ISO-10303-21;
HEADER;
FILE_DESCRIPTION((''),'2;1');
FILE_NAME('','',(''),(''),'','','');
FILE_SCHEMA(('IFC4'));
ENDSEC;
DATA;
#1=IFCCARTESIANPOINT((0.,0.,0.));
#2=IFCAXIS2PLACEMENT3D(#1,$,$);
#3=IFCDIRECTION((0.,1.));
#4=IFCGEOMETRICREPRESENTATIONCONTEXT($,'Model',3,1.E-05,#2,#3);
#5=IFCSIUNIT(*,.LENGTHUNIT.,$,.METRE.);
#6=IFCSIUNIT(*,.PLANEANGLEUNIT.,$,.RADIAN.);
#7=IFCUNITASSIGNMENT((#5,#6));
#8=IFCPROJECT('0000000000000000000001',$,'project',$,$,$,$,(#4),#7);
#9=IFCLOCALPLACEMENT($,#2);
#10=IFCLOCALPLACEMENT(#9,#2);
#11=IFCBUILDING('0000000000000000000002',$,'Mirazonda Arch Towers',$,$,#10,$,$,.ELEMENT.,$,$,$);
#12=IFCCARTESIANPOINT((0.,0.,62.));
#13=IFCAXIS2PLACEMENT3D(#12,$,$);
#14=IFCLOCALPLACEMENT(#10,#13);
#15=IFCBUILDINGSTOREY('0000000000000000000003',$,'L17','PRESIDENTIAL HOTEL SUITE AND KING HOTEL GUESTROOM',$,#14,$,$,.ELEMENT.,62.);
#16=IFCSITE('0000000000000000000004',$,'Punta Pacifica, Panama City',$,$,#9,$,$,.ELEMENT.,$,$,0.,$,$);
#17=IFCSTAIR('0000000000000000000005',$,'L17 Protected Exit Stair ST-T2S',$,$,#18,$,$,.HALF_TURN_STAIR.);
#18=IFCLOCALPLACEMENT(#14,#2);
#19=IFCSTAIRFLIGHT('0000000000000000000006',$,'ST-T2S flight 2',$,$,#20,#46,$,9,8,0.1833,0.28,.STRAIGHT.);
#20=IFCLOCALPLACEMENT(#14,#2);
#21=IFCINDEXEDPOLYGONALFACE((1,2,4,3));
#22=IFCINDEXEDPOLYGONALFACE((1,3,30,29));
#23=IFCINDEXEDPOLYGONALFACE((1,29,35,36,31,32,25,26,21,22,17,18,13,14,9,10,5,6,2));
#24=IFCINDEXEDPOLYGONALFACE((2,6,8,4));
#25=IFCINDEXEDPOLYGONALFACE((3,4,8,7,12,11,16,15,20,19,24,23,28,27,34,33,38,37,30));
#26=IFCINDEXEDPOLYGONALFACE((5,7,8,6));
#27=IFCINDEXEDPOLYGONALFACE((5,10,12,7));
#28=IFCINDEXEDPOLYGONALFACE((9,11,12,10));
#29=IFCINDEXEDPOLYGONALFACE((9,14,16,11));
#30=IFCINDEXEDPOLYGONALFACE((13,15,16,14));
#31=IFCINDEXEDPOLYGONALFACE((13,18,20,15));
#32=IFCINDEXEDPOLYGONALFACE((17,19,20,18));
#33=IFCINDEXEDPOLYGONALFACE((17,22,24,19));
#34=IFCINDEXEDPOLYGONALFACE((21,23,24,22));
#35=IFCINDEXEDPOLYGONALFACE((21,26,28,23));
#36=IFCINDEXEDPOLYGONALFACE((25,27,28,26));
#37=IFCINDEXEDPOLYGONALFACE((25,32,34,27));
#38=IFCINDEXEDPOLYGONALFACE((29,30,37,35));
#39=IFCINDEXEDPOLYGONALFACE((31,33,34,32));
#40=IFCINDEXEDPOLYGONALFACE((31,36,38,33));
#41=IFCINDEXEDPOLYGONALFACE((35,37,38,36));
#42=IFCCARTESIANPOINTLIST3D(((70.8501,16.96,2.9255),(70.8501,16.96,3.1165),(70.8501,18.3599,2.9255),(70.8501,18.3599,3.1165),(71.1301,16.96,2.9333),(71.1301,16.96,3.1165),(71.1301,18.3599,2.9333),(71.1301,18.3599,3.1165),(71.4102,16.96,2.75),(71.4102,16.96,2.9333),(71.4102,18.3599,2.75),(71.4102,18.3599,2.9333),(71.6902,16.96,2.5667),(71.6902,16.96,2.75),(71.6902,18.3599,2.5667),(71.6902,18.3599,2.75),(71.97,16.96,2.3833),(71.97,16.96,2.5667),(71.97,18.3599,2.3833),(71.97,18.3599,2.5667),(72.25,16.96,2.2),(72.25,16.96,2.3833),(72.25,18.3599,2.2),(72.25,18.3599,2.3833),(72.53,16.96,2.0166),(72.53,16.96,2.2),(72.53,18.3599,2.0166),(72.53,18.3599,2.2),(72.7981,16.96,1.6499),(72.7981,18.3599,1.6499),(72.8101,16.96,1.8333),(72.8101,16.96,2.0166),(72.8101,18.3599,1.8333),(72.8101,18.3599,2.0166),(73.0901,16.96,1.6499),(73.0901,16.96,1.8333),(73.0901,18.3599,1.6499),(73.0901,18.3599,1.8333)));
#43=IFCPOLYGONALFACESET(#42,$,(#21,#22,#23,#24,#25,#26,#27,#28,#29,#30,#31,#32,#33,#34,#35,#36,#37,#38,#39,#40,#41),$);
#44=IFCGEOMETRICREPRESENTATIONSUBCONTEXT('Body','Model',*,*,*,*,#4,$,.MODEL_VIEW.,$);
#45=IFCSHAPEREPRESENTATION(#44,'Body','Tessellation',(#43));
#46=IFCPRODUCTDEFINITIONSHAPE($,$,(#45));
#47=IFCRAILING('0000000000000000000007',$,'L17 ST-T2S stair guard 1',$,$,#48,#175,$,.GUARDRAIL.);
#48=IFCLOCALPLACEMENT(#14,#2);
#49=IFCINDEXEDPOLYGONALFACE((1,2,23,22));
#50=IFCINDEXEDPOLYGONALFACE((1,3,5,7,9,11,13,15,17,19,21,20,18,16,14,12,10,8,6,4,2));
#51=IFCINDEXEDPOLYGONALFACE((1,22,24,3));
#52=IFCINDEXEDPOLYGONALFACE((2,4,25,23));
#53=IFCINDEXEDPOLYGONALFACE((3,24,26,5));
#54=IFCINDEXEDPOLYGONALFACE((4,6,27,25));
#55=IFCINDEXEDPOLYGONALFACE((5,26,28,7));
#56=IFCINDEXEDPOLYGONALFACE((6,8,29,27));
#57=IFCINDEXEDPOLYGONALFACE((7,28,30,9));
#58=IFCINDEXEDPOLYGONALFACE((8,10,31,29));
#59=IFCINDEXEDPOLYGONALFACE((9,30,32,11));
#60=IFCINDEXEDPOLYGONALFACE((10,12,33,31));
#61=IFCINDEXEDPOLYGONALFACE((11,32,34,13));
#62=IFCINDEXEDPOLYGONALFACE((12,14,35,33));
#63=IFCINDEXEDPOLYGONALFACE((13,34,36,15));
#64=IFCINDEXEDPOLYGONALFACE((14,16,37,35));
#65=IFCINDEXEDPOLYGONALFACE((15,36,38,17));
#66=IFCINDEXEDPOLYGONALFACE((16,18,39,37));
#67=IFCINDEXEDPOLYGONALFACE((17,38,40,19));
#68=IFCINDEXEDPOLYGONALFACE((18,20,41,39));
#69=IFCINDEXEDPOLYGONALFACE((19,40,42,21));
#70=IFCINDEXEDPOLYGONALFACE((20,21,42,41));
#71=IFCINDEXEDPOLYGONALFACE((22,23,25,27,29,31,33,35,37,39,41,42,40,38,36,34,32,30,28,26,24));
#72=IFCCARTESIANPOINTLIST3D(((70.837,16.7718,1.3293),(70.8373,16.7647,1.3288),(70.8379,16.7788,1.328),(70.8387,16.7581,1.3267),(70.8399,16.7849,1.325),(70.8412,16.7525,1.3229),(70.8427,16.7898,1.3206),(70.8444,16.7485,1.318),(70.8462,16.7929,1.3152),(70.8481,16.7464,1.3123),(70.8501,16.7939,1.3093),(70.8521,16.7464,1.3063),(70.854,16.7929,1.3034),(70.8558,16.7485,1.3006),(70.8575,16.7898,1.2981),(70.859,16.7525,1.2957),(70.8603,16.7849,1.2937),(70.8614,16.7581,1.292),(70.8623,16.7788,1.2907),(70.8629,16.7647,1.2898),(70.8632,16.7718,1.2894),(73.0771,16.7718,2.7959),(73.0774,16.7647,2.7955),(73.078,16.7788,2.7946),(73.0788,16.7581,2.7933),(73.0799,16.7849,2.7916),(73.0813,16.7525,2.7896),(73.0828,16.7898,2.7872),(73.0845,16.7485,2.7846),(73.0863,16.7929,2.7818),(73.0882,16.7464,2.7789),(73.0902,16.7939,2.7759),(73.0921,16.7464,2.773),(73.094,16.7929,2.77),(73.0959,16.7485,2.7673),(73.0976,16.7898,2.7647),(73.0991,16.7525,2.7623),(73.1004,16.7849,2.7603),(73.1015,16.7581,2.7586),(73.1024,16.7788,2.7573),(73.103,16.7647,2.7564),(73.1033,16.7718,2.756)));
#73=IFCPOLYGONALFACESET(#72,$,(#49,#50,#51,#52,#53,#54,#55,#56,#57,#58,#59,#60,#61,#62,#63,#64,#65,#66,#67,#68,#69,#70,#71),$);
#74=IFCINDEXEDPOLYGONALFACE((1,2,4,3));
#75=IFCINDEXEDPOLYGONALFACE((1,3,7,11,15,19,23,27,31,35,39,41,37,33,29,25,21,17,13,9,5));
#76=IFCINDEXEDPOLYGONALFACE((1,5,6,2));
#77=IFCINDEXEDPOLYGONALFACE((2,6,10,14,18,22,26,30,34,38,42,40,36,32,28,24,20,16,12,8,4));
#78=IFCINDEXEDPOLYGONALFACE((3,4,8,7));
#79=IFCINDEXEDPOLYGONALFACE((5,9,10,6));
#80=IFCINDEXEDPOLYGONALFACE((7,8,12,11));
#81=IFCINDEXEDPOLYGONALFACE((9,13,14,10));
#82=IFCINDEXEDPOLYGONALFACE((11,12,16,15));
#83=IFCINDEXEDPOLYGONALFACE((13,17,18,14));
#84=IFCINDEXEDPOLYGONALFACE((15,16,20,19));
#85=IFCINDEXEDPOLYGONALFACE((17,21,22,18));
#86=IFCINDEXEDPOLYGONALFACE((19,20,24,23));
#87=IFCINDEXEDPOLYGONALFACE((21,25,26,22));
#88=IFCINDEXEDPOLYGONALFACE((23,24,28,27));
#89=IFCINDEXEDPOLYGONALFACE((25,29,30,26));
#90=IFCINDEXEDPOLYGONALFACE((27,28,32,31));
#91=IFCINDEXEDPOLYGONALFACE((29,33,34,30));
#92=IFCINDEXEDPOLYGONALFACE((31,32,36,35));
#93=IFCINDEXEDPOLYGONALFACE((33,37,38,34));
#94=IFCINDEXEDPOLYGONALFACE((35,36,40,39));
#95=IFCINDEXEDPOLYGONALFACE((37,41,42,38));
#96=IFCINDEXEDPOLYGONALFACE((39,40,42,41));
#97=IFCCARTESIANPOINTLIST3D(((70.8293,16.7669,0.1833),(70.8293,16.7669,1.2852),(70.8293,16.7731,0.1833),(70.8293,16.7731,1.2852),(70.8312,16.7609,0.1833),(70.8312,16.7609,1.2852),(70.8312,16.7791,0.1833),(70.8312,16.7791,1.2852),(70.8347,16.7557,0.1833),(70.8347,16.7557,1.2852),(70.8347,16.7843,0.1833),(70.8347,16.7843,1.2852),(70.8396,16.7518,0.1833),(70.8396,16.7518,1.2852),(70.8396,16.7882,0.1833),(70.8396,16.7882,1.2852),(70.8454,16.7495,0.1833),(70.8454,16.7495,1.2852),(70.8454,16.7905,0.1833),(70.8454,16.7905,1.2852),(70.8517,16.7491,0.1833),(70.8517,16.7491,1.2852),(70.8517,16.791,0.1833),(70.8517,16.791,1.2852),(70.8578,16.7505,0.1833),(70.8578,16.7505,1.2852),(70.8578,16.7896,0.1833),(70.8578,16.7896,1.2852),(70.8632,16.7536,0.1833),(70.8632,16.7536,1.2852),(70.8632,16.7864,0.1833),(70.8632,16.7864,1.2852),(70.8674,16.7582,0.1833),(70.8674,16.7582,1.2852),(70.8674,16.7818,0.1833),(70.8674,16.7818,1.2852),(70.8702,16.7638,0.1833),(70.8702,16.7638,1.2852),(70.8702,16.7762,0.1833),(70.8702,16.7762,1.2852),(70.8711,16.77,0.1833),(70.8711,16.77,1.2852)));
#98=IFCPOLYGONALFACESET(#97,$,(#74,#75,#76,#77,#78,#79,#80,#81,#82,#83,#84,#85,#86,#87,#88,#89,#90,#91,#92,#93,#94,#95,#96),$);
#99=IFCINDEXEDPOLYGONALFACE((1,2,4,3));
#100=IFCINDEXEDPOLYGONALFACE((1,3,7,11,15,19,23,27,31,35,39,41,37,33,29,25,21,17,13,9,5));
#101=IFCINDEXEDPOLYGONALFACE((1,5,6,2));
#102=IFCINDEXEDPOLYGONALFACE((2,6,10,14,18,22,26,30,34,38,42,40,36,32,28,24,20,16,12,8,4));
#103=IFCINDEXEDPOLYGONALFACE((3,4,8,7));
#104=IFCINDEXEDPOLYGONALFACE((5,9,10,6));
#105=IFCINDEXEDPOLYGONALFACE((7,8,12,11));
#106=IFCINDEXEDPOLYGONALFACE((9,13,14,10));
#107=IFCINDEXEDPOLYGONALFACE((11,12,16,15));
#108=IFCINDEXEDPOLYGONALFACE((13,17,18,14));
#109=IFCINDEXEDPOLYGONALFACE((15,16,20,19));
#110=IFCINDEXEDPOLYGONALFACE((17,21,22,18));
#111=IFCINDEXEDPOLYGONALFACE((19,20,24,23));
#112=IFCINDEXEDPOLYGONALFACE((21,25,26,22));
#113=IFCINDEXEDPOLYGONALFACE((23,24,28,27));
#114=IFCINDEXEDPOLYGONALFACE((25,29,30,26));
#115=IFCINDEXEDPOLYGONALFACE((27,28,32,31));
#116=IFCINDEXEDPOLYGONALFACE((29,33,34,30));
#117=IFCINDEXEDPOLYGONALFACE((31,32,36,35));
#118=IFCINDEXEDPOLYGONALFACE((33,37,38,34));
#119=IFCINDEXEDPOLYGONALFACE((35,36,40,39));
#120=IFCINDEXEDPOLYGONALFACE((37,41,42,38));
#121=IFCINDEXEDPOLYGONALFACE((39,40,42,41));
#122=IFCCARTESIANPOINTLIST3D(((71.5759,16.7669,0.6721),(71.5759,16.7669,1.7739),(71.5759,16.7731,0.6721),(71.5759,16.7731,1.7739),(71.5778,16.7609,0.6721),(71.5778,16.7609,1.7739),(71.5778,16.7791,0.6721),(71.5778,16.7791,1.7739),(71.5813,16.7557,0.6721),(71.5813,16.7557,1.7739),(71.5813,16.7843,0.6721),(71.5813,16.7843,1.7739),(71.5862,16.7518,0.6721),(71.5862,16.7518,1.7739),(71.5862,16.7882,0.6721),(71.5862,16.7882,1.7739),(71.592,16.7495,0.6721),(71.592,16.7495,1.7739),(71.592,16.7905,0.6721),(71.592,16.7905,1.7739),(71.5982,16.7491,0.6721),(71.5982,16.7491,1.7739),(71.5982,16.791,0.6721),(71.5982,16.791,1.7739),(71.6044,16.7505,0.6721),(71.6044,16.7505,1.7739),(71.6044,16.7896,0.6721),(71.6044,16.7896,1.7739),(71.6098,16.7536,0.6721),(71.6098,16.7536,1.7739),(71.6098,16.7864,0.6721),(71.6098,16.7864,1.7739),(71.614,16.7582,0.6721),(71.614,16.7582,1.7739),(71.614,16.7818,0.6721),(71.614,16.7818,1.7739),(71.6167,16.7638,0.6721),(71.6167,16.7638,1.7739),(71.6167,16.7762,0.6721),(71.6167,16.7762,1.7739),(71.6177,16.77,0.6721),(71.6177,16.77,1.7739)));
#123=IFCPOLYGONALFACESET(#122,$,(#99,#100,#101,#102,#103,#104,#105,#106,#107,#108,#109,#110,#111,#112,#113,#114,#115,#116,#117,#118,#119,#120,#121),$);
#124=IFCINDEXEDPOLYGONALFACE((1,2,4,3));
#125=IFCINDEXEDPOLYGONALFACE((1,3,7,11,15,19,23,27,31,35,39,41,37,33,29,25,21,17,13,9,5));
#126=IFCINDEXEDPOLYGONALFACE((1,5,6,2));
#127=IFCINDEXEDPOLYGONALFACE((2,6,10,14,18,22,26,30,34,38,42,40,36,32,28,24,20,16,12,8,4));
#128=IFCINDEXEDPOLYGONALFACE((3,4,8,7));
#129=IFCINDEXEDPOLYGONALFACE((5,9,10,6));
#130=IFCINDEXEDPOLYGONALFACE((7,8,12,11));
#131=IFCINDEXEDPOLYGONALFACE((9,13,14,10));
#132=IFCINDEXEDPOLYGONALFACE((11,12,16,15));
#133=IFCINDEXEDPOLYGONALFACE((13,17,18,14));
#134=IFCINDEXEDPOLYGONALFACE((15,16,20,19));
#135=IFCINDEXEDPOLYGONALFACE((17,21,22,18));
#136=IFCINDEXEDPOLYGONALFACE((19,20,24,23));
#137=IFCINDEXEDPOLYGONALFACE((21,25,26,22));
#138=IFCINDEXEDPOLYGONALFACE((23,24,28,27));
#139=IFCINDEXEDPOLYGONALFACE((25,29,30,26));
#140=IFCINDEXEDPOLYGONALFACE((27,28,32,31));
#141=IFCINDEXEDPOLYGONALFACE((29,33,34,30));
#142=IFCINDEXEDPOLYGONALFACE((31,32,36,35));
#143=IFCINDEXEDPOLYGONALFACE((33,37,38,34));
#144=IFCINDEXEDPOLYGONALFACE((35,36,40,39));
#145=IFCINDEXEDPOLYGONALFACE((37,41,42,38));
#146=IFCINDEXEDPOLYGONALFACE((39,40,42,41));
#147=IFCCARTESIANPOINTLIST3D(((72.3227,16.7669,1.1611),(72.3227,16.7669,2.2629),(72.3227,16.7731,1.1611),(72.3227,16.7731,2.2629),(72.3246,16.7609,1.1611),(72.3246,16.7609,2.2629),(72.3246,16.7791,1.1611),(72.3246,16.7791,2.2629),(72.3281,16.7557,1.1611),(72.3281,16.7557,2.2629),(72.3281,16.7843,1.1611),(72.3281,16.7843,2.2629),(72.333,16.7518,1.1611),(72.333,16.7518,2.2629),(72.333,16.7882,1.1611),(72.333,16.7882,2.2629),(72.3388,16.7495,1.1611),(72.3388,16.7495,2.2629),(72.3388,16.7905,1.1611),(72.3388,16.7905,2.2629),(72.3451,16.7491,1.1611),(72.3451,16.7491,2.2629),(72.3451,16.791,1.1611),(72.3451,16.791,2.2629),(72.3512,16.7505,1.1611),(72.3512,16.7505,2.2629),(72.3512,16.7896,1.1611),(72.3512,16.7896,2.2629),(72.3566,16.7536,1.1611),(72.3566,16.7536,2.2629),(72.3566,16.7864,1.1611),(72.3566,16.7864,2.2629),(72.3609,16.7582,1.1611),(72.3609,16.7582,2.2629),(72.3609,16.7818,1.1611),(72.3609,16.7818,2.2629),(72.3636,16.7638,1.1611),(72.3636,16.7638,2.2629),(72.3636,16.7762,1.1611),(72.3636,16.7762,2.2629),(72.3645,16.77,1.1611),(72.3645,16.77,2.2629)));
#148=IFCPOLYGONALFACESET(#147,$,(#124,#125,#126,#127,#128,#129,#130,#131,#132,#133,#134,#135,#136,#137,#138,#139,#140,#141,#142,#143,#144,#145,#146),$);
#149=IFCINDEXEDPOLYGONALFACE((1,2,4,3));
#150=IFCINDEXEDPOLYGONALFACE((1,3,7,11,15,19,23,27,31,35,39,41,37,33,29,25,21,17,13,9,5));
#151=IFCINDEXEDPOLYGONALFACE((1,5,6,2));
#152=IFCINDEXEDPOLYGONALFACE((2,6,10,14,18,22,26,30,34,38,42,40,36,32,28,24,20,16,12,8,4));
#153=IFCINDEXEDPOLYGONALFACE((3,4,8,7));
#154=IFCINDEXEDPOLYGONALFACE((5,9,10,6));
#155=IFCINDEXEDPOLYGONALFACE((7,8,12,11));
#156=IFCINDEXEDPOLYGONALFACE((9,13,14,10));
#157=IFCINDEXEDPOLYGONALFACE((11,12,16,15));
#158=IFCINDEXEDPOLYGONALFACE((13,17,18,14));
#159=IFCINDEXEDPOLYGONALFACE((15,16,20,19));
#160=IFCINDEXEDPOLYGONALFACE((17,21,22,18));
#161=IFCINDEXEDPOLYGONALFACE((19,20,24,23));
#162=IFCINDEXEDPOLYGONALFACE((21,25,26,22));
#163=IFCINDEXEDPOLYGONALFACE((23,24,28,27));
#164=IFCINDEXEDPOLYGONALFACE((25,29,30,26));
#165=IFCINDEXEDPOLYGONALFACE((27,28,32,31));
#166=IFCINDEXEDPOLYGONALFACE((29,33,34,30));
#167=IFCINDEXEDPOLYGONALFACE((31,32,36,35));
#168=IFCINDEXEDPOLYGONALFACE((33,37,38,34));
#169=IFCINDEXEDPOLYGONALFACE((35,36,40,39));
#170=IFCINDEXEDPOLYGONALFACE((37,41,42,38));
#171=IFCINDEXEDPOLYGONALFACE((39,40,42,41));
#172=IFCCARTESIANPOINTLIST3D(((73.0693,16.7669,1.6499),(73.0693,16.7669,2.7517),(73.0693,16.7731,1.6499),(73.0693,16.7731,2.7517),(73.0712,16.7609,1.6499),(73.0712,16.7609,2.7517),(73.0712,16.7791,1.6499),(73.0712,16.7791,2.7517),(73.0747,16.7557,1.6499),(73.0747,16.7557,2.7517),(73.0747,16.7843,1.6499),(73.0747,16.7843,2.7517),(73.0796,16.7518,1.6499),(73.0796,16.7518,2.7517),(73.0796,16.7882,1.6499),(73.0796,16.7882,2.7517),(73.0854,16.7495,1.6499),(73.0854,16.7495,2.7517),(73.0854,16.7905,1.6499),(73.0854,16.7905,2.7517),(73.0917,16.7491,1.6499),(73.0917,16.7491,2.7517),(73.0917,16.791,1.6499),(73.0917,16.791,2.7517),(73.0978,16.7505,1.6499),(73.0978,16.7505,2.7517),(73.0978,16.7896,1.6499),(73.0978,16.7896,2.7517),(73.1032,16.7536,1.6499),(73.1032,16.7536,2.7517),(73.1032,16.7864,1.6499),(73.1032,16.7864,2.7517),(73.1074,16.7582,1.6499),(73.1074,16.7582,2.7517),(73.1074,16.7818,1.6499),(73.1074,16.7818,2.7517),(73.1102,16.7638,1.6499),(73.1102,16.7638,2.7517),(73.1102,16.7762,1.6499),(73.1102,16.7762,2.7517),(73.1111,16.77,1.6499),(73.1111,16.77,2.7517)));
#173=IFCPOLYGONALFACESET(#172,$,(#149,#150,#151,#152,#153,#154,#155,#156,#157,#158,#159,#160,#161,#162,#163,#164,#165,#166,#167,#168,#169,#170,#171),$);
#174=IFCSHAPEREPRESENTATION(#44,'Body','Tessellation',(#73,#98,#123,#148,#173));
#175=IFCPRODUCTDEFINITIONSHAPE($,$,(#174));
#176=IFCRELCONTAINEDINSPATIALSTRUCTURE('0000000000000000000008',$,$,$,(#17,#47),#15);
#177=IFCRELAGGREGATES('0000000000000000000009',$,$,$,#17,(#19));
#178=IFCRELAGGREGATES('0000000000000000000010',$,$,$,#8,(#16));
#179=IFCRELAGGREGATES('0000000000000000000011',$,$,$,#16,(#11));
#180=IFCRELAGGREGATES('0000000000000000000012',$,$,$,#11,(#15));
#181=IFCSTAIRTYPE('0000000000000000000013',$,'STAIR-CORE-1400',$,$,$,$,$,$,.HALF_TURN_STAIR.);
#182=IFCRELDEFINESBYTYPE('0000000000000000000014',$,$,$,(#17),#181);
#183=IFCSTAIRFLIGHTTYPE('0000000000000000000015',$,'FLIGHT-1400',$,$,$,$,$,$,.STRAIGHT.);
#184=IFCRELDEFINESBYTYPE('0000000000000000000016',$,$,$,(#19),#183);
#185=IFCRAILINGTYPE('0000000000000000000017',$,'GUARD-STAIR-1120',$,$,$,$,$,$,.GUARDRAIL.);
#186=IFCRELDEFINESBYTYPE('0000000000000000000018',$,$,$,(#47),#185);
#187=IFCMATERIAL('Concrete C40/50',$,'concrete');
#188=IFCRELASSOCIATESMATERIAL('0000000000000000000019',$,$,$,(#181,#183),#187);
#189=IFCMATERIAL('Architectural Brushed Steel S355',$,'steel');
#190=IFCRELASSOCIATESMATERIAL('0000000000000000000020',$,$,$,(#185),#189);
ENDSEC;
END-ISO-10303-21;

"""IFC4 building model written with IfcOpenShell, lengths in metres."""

from ifc_helpers import new_model, si_unit, direction, frame, origin, origin_2d, place, context, subcontext, project, spatial, polyline, circle, outline, extrude, material, type_object, element, aggregate, save


model = new_model("IFC4")

# Units and contexts
model_context = context("Model", 3, precision=1e-05, world=origin(), true_north=direction((0.0, 1.0)))
body_context = subcontext(model_context, "Body", "Model", "MODEL_VIEW")
ifc_project = project(units=[si_unit("LENGTHUNIT", "METRE"), si_unit("PLANEANGLEUNIT", "RADIAN")], contexts=[model_context])

# Site, building, storey
site_placement = place(None, origin())
site = spatial("IfcSite", under=ifc_project, at=site_placement, Name="Punta Pacifica, Panama City", CompositionType="ELEMENT", RefElevation=0.0)
building_placement = place(site_placement, origin())
building = spatial("IfcBuilding", under=site, at=building_placement, Name="Mirazonda Arch Towers", CompositionType="ELEMENT")
storey_placement = place(building_placement, frame((0.0, 0.0, 62.0)))
storey = spatial("IfcBuildingStorey", under=building, at=storey_placement, Name="L17", Description="PRESIDENTIAL HOTEL SUITE AND KING HOTEL GUESTROOM", CompositionType="ELEMENT", Elevation=62.0)

# Shared definitions
ifc_material_1 = material(Name="Concrete C40/50", Category="concrete")

# Stair, stair flight
stair_type = type_object("IfcStairType", Name="STAIR-CORE-1400", PredefinedType="HALF_TURN_STAIR", material=ifc_material_1)
stair_placement = place(storey_placement, origin())
stair = element("IfcStair", 1, at=stair_placement, inside=storey, type_object=stair_type, Name="L17 Protected Exit Stair ST-T2S", PredefinedType="HALF_TURN_STAIR")
stair_flight_type = type_object("IfcStairFlightType", Name="FLIGHT-1400", PredefinedType="STRAIGHT", material=ifc_material_1)
stair_flight_1_placement = place(storey_placement, frame((73.0901, 17.6599, 1.6499), z_axis=(0.0, 0.0, 1.0), x_axis=(-1.0, 0.0, 0.0)))
stair_flight_1 = element("IfcStairFlight", 2, at=stair_flight_1_placement, type_object=stair_flight_type, Name="ST-T2S flight 2", NumberOfRisers=9, NumberOfTreads=8, PredefinedType="STRAIGHT", RiserHeight=0.1833, TreadLength=0.28, context=body_context, shape_type="SweptSolid", body=[
    extrude(outline(polyline([(0.0, 0.0), (0.0, 0.1833), (0.28, 0.1833), (0.28, 0.3667), (0.5601, 0.3667), (0.5601, 0.55), (0.8401, 0.55), (0.8401, 0.7334), (1.1201, 0.7334), (1.1201, 0.9167), (1.3999, 0.9167), (1.3999, 1.1001), (1.6799, 1.1001), (1.6799, 1.2834), (1.96, 1.2834), (1.96, 1.4666), (2.24, 1.4666), (2.24, 1.6499), (2.24, 1.2756), (0.292, 0.0), (0.0, 0.0)])), frame((0.0, 0.7, 0.0), z_axis=(0.0, -1.0, 0.0), x_axis=(1.0, 0.0, 0.0)), (0.0, 0.0, 1.0), 1.3999),
])
aggregate(stair, [stair_flight_1])

# Railing
ifc_material_2 = material(Name="Architectural Brushed Steel S355", Category="steel")
railing_type_1 = type_object("IfcRailingType", Name="GUARD-STAIR-1120", PredefinedType="GUARDRAIL", material=ifc_material_2)
railing_1_placement = place(storey_placement, frame((70.8501, 16.77, 0.1833)))
element("IfcRailing", 3, at=railing_1_placement, inside=storey, type_object=railing_type_1, Name="L17 ST-T2S stair guard 1", PredefinedType="GUARDRAIL", context=body_context, shape_type="SweptSolid", body=[
    extrude(circle(Radius=0.0239, at=origin_2d()), frame((0.0, 0.0, 1.126), z_axis=(0.836637, 0.0, 0.547758), x_axis=(0.0, 1.0, 0.0)), (0.0, 0.0, 1.0), 2.6775),
    extrude(circle(Radius=0.021, at=origin_2d()), origin(), (0.0, 0.0, 1.0), 1.1018),
    extrude(circle(Radius=0.021, at=origin_2d()), frame((0.7466, 0.0, 0.4888)), (0.0, 0.0, 1.0), 1.1018),
    extrude(circle(Radius=0.021, at=origin_2d()), frame((1.4934, 0.0, 0.9778)), (0.0, 0.0, 1.0), 1.1018),
    extrude(circle(Radius=0.021, at=origin_2d()), frame((2.24, 0.0, 1.4666)), (0.0, 0.0, 1.0), 1.1018),
])

save(model, "model.ifc")
